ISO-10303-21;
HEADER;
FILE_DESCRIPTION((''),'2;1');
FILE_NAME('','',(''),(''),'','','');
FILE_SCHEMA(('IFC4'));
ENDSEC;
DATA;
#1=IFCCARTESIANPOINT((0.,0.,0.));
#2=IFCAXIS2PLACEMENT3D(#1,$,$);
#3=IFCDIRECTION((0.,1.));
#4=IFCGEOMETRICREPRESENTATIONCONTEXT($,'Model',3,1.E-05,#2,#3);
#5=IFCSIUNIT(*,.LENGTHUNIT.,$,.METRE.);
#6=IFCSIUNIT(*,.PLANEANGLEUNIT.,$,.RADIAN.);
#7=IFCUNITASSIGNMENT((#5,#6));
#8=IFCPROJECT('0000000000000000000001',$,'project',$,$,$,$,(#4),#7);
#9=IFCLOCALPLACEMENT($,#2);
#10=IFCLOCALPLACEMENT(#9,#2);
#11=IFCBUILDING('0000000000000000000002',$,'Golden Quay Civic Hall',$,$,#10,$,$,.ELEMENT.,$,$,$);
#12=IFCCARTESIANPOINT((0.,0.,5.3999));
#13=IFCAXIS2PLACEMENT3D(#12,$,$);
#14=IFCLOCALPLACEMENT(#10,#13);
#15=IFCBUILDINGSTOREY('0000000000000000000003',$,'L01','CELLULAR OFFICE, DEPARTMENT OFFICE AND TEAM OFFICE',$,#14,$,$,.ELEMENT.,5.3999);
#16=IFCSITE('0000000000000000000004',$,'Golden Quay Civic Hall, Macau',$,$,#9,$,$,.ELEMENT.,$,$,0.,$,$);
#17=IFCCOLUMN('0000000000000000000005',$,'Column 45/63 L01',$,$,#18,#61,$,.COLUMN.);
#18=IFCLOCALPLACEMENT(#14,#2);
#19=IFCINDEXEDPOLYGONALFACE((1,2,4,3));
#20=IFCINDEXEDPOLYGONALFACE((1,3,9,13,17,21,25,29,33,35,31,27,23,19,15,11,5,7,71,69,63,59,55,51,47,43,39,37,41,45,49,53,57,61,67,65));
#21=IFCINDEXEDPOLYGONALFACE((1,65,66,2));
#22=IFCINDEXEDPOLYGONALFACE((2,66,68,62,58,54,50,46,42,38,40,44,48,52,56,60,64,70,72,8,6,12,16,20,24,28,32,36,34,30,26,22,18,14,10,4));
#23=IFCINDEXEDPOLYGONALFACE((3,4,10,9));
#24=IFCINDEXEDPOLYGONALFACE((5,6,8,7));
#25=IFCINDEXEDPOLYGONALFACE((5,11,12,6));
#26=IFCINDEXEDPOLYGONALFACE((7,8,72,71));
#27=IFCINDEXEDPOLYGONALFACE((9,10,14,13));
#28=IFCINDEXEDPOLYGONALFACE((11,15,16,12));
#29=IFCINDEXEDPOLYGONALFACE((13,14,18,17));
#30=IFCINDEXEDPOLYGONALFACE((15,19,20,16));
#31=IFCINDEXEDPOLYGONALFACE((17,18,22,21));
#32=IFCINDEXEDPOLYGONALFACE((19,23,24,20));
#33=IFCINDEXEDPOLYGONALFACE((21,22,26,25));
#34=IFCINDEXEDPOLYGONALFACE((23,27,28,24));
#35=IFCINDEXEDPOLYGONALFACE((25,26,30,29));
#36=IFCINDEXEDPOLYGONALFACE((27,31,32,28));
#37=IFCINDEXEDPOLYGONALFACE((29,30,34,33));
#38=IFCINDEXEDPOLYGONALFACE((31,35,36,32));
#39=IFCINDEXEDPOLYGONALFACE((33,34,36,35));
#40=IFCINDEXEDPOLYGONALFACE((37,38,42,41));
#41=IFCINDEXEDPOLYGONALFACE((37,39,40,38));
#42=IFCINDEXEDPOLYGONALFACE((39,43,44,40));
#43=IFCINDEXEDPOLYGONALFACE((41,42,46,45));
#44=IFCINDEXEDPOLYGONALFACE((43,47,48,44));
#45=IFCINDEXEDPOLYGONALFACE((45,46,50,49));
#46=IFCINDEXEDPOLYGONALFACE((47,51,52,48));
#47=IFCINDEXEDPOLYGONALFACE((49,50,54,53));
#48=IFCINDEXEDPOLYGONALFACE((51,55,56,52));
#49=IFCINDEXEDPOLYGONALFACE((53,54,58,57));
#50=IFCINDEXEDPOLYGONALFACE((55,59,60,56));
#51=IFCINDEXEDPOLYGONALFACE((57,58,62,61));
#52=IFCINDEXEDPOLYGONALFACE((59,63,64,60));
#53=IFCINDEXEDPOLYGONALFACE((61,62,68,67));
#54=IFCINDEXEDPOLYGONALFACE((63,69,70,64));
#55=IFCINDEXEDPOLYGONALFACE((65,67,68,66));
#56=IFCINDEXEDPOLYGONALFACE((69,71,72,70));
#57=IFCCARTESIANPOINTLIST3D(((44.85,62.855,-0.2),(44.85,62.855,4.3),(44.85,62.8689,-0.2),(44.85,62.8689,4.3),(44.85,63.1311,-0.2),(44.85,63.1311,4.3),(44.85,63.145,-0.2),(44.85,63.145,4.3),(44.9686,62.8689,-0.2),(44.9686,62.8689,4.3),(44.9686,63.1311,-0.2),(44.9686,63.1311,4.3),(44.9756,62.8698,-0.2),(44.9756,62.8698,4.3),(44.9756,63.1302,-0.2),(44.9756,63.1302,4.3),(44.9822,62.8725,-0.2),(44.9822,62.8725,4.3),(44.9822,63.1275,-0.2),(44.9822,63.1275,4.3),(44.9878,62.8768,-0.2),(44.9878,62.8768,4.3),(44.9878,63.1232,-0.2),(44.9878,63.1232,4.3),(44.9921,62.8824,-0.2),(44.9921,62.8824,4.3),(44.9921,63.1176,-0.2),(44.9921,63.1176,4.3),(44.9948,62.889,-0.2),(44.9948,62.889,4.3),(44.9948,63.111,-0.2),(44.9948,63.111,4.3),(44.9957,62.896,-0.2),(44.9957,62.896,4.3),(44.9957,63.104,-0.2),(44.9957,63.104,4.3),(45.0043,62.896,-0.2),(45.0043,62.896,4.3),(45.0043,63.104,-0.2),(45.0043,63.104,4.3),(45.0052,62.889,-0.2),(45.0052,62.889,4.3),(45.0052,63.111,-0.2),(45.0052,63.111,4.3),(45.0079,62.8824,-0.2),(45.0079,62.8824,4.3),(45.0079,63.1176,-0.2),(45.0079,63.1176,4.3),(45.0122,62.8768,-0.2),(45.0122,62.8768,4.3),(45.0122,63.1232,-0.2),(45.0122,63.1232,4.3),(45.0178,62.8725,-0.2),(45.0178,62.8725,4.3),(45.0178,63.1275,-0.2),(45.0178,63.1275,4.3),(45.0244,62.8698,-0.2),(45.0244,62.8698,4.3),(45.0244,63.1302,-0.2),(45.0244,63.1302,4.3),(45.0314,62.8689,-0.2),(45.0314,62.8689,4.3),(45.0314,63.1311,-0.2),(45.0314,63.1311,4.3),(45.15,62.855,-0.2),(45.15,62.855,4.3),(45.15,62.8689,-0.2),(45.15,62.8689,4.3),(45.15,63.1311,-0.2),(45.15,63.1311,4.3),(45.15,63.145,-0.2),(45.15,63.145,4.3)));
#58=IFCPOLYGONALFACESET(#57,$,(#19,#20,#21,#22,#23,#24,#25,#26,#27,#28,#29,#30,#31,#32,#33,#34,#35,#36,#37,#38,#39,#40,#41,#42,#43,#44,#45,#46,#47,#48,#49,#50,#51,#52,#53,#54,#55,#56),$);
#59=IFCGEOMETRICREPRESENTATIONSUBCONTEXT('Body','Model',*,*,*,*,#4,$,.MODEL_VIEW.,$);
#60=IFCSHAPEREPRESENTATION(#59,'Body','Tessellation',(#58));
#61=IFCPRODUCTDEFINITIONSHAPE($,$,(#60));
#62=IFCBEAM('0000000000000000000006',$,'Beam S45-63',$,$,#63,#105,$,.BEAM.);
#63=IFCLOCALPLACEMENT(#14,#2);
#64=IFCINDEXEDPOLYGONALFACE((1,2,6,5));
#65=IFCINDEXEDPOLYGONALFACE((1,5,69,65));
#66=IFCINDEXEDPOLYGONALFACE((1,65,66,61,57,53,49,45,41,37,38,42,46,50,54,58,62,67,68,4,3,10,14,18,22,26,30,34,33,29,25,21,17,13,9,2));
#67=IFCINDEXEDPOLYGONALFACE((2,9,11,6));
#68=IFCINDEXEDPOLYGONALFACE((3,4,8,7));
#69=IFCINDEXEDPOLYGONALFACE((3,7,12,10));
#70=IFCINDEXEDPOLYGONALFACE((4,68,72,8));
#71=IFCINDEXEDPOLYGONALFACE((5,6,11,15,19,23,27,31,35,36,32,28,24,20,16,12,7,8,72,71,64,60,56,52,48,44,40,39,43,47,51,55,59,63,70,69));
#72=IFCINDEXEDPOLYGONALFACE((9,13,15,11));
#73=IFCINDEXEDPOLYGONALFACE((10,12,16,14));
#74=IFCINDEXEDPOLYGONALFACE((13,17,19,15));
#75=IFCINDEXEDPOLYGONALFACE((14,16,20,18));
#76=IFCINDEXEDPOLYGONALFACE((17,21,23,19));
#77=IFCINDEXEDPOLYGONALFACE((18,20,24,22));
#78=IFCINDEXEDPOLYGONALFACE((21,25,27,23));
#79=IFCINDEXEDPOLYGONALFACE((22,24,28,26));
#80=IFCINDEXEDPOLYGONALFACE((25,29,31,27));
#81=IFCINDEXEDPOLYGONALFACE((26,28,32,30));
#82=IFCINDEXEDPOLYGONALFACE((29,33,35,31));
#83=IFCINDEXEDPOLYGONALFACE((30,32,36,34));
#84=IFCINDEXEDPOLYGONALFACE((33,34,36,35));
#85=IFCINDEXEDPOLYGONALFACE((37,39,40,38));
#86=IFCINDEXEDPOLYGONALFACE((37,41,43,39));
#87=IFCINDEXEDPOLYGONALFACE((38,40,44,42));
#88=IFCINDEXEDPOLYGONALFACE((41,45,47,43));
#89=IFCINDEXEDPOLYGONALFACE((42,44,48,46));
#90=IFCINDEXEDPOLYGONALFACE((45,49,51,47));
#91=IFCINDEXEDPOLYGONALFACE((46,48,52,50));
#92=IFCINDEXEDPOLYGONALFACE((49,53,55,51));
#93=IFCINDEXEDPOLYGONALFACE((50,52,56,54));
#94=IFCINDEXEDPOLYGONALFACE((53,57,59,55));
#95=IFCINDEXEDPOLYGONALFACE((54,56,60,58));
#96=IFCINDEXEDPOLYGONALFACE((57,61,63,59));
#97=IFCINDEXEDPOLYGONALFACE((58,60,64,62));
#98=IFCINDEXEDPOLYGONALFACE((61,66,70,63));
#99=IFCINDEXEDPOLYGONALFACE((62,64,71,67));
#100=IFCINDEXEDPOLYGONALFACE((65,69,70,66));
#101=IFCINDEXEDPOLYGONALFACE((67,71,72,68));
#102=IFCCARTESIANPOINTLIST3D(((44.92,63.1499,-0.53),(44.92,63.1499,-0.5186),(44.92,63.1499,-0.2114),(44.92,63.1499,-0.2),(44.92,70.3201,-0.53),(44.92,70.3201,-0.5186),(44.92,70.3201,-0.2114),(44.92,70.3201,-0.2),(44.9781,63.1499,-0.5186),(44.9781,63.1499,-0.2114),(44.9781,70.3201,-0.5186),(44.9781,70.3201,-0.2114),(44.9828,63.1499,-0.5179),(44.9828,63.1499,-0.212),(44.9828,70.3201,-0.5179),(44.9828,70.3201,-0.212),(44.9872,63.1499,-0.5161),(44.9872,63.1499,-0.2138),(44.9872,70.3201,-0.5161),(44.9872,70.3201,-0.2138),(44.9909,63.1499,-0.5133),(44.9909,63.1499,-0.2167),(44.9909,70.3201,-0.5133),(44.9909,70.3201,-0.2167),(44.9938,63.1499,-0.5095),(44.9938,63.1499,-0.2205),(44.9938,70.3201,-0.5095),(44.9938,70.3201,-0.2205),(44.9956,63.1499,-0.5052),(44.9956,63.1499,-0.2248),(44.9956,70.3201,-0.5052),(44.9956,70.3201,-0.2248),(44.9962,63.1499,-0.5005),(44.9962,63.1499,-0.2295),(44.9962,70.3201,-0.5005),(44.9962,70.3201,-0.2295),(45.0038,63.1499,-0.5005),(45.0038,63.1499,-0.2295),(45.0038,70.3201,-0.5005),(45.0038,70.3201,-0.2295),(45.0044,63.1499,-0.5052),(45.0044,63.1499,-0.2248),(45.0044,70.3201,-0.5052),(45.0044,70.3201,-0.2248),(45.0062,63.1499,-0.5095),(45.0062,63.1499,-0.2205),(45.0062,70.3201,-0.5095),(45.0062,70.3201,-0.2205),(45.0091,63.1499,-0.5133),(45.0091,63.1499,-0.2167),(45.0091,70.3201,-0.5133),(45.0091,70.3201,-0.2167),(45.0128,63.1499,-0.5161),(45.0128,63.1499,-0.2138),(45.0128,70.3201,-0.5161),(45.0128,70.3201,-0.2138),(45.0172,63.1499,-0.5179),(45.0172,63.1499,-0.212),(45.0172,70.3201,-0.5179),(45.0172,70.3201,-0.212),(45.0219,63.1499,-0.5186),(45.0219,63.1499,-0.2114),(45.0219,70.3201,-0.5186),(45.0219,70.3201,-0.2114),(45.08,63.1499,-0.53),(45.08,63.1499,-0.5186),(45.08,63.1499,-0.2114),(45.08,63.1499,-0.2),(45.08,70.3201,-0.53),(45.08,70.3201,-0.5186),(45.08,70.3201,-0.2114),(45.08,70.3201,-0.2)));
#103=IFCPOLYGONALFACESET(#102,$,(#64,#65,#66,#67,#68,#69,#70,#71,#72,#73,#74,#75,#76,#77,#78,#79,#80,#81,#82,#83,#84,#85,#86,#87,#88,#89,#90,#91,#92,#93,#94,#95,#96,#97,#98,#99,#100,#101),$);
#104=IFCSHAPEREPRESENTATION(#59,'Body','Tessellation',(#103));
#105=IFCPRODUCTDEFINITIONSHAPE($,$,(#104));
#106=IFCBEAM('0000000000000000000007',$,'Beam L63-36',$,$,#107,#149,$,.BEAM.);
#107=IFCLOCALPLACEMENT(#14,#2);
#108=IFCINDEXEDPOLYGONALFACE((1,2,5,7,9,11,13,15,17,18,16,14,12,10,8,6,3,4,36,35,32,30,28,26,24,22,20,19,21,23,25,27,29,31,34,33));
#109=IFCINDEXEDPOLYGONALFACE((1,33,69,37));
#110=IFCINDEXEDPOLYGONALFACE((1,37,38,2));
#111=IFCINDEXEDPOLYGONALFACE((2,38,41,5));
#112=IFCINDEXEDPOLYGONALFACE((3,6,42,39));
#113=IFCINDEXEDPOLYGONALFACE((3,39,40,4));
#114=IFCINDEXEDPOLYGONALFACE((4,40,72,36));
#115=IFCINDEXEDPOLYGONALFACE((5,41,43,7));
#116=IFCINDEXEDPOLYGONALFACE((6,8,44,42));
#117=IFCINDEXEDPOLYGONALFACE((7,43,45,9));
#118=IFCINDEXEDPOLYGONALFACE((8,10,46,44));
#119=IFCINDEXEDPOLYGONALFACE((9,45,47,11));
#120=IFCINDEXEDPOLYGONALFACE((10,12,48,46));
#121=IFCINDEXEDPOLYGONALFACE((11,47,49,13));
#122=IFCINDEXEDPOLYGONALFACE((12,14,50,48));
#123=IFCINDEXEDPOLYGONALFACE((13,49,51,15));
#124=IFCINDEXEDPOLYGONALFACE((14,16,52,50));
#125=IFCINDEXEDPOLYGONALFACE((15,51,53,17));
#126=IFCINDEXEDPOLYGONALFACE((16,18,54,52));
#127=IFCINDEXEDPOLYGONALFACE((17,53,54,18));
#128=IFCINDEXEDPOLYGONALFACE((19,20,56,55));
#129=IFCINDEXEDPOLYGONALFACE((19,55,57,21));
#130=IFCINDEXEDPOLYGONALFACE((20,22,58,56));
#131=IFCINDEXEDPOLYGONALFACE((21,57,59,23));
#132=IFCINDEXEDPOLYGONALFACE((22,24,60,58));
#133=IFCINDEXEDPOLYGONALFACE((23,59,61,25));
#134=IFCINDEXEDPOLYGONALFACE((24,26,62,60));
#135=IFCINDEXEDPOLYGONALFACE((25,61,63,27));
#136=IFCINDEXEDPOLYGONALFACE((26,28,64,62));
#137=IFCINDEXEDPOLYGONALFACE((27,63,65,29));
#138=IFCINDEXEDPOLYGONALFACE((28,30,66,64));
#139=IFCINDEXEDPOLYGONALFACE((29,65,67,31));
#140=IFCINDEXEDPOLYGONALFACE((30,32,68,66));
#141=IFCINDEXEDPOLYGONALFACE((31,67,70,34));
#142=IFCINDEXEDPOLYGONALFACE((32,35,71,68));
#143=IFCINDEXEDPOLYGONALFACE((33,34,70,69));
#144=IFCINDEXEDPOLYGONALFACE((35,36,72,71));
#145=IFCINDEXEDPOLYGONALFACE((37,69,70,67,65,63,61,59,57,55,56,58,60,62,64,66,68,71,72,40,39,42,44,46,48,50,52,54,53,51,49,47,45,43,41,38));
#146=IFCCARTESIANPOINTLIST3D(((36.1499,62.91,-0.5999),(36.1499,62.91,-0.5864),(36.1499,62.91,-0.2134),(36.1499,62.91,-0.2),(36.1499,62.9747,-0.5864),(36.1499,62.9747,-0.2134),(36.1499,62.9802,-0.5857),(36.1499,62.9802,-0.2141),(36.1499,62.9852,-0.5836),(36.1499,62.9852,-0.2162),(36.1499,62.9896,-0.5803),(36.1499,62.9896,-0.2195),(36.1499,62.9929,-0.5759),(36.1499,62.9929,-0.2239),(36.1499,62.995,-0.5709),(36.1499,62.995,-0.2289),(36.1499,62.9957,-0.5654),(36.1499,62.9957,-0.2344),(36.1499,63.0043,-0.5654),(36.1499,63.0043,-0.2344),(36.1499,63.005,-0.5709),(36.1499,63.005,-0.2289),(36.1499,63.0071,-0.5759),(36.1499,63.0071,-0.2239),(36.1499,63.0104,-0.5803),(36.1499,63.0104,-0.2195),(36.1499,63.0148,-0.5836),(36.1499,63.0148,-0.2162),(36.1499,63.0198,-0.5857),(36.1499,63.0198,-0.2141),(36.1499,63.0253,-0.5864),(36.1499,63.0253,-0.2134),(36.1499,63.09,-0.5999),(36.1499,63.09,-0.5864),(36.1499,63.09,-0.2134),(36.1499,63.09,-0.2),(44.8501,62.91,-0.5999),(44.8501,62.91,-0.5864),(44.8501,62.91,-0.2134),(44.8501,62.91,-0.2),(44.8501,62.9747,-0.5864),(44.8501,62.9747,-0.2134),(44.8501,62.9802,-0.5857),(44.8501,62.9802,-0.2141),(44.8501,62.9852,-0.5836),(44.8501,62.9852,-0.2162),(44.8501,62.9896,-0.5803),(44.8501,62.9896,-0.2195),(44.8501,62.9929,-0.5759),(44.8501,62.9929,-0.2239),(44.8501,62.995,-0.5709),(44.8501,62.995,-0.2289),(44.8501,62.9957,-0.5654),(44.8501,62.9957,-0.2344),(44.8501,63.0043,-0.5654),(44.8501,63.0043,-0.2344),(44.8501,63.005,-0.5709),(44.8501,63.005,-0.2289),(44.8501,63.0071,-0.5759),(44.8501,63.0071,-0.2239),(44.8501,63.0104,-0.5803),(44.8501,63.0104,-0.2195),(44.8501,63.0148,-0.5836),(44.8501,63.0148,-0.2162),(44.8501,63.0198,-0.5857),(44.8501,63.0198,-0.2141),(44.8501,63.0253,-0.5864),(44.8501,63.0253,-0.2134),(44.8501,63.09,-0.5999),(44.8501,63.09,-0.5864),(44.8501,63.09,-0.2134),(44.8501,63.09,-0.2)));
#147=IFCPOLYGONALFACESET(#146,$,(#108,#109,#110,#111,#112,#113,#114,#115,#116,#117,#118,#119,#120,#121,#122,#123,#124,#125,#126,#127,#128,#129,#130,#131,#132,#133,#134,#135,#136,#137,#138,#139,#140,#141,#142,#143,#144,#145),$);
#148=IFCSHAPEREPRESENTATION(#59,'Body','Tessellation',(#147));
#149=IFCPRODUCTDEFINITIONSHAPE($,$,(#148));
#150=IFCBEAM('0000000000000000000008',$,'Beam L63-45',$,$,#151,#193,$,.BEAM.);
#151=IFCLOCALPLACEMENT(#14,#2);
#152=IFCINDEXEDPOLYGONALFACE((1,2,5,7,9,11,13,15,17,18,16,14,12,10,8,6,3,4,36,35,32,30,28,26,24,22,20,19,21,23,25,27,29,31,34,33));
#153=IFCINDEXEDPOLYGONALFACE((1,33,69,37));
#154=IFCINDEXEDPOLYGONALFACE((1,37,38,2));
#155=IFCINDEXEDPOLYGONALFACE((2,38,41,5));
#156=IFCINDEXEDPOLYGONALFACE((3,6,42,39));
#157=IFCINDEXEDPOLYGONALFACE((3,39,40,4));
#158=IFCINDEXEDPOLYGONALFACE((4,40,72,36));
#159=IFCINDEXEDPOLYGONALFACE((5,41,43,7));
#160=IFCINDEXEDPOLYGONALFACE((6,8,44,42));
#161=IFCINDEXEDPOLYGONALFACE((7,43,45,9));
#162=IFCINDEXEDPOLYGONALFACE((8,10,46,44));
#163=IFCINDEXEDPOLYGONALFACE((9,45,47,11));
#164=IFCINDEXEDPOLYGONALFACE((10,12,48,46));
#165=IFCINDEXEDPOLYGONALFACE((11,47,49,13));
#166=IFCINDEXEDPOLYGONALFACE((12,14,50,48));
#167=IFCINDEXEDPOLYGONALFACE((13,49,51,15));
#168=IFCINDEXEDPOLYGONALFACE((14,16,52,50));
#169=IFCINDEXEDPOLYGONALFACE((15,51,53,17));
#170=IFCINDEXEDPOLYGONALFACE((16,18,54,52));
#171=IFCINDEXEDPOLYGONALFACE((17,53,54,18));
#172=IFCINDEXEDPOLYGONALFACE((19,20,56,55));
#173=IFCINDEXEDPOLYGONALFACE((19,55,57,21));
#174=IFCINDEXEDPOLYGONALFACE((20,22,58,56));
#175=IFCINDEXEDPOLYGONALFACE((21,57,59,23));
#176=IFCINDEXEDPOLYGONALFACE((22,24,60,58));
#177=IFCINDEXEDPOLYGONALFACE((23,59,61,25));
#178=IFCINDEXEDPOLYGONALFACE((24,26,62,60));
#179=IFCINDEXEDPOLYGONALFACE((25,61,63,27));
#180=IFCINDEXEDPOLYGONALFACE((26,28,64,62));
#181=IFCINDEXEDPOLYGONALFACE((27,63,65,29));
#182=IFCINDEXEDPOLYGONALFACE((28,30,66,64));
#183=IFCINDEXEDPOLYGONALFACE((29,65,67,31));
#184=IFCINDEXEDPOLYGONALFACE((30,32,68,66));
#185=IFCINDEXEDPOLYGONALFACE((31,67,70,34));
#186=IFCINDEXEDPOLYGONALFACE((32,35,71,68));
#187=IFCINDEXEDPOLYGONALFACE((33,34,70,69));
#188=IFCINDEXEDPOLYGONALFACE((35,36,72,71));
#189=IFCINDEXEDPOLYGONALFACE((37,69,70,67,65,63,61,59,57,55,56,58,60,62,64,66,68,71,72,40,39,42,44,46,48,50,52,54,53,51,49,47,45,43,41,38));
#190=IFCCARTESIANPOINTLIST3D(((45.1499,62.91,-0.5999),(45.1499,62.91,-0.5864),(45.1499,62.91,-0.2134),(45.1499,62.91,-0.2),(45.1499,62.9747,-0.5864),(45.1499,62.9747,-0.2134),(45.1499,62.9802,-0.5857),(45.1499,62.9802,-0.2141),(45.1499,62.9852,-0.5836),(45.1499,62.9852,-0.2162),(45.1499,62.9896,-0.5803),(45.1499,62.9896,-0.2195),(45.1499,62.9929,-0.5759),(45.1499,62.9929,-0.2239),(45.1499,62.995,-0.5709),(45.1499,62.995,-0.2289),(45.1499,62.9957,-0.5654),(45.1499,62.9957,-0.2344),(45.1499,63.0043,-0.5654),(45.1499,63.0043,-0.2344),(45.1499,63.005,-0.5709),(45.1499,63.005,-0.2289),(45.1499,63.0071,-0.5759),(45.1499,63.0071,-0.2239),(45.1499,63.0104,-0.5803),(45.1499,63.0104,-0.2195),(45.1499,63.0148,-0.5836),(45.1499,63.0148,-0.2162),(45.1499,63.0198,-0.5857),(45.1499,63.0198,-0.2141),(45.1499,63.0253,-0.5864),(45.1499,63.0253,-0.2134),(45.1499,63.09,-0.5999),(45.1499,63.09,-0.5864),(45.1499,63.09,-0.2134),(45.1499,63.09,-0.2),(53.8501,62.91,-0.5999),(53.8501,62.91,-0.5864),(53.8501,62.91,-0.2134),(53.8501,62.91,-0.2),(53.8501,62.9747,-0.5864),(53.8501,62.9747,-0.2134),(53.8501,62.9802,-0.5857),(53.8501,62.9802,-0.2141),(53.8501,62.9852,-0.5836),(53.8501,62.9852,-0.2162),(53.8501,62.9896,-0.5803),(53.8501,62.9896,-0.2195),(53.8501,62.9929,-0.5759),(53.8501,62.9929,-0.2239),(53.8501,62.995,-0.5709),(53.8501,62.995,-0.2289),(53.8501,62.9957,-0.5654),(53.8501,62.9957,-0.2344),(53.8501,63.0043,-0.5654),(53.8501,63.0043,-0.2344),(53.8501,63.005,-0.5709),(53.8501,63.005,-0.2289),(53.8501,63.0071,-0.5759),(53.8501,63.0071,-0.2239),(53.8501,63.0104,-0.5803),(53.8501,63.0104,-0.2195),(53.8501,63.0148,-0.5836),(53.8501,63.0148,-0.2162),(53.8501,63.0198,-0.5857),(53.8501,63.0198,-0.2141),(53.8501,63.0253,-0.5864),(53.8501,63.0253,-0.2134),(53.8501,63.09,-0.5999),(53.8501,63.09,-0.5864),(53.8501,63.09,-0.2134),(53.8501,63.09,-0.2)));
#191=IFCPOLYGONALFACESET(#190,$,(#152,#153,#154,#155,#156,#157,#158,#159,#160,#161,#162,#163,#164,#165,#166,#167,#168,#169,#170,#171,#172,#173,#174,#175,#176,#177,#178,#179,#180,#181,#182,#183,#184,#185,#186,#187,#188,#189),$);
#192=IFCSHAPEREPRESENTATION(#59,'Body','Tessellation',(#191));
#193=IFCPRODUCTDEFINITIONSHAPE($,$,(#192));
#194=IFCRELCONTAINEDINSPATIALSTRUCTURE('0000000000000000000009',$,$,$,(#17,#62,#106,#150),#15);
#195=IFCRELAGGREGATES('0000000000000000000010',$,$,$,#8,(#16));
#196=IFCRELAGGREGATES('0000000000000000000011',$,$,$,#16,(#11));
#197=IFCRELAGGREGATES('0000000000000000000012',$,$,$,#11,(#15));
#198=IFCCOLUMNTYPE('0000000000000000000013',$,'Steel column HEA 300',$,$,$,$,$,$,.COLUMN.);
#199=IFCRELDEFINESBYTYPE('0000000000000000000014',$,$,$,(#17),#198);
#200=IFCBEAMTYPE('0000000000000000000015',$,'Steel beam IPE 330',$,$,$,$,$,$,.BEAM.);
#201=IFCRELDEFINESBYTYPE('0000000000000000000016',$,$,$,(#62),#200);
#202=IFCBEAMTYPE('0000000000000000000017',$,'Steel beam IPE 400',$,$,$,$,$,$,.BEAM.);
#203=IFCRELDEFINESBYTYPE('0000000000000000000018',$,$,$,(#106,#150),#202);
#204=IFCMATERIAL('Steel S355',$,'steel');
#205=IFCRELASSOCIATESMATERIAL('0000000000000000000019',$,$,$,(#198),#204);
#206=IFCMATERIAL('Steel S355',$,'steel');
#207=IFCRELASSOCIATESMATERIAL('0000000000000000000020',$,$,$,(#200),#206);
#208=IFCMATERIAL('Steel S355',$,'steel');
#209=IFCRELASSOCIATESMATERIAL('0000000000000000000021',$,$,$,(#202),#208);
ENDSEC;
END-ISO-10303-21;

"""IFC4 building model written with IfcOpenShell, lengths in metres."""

from ifc_helpers import new_model, si_unit, direction, frame, origin, origin_2d, place, context, subcontext, project, spatial, i_section, extrude, material, material_profile, profile_set, type_object, element, save


model = new_model("IFC4")

# Units and contexts
model_context = context("Model", 3, precision=1e-05, world=origin(), true_north=direction((0.0, 1.0)))
body_context = subcontext(model_context, "Body", "Model", "MODEL_VIEW")
ifc_project = project(units=[si_unit("LENGTHUNIT", "METRE"), si_unit("PLANEANGLEUNIT", "RADIAN")], contexts=[model_context])

# Site, building, storey
site_placement = place(None, origin())
site = spatial("IfcSite", under=ifc_project, at=site_placement, Name="Golden Quay Civic Hall, Macau", CompositionType="ELEMENT", RefElevation=0.0)
building_placement = place(site_placement, origin())
building = spatial("IfcBuilding", under=site, at=building_placement, Name="Golden Quay Civic Hall", CompositionType="ELEMENT")
storey_placement = place(building_placement, frame((0.0, 0.0, 5.3999)))
storey = spatial("IfcBuildingStorey", under=building, at=storey_placement, Name="L01", Description="CELLULAR OFFICE, DEPARTMENT OFFICE AND TEAM OFFICE", CompositionType="ELEMENT", Elevation=5.3999)

# Column
ifc_material_1 = material(Name="Steel S355", Category="steel")
ifc_material_profile_1 = material_profile(ifc_material_1, i_section(OverallWidth=0.3, OverallDepth=0.29, WebThickness=0.0085, FlangeThickness=0.0139, FilletRadius=0.0271, at=origin_2d()), Name="HEA 300")
ifc_profile_set_1 = profile_set([ifc_material_profile_1], Name="Steel S355")
column_type = type_object("IfcColumnType", Name="Steel column HEA 300", PredefinedType="COLUMN", material=ifc_profile_set_1)
column_placement = place(storey_placement, frame((45.0, 63.0, -0.2), z_axis=(0.0, 0.0, 1.0), x_axis=(1.0, 0.0, 0.0)))
element("IfcColumn", 1, at=column_placement, inside=storey, type_object=column_type, Name="Column 45/63 L01", PredefinedType="COLUMN", context=body_context, shape_type="SweptSolid", body=[
    extrude(i_section(OverallWidth=0.3, OverallDepth=0.29, WebThickness=0.0085, FlangeThickness=0.0139, FilletRadius=0.0271, at=origin_2d()), origin(), (0.0, 0.0, 1.0), 4.5),
])

# Beams
ifc_material_2 = material(Name="Steel S355", Category="steel")
ifc_material_profile_2 = material_profile(ifc_material_2, i_section(OverallWidth=0.1599, OverallDepth=0.3301, WebThickness=0.0076, FlangeThickness=0.0115, FilletRadius=0.0181, at=origin_2d()), Name="IPE 330")
ifc_profile_set_2 = profile_set([ifc_material_profile_2], Name="Steel S355")
beam_type_1 = type_object("IfcBeamType", Name="Steel beam IPE 330", PredefinedType="BEAM", material=ifc_profile_set_2)
beam_placement = place(storey_placement, frame((45.0, 63.1499, -0.365), z_axis=(0.0, 1.0, 0.0), x_axis=(-1.0, 0.0, 0.0)))
element("IfcBeam", 2, at=beam_placement, inside=storey, type_object=beam_type_1, Name="Beam S45-63", PredefinedType="BEAM", context=body_context, shape_type="SweptSolid", body=[
    extrude(i_section(OverallWidth=0.1599, OverallDepth=0.3301, WebThickness=0.0076, FlangeThickness=0.0115, FilletRadius=0.0181, at=origin_2d()), origin(), (0.0, 0.0, 1.0), 7.1702),
])
ifc_material_3 = material(Name="Steel S355", Category="steel")
ifc_material_profile_3 = material_profile(ifc_material_3, i_section(OverallWidth=0.1799, OverallDepth=0.3999, WebThickness=0.0085, FlangeThickness=0.0134, FilletRadius=0.021, at=origin_2d()), Name="IPE 400")
ifc_profile_set_3 = profile_set([ifc_material_profile_3], Name="Steel S355")
beam_type_2 = type_object("IfcBeamType", Name="Steel beam IPE 400", PredefinedType="BEAM", material=ifc_profile_set_3)
for number, where, z_axis, x_axis, name in (
    (3, (36.1499, 63.0, -0.3999), (1.0, 0.0, 0.0), (0.0, 1.0, 0.0), "Beam L63-36"),
    (4, (45.1499, 63.0, -0.3999), (1.0, 0.0, 0.0), (0.0, 1.0, 0.0), "Beam L63-45"),
):
    element("IfcBeam", number, at=place(storey_placement, frame(where, z_axis=z_axis, x_axis=x_axis)), inside=storey, type_object=beam_type_2, Name=name, PredefinedType="BEAM", context=body_context, shape_type="SweptSolid", body=[
        extrude(i_section(OverallWidth=0.1799, OverallDepth=0.3999, WebThickness=0.0085, FlangeThickness=0.0134, FilletRadius=0.021, at=origin_2d()), origin(), (0.0, 0.0, 1.0), 8.7002),
    ])

save(model, "model.ifc")
